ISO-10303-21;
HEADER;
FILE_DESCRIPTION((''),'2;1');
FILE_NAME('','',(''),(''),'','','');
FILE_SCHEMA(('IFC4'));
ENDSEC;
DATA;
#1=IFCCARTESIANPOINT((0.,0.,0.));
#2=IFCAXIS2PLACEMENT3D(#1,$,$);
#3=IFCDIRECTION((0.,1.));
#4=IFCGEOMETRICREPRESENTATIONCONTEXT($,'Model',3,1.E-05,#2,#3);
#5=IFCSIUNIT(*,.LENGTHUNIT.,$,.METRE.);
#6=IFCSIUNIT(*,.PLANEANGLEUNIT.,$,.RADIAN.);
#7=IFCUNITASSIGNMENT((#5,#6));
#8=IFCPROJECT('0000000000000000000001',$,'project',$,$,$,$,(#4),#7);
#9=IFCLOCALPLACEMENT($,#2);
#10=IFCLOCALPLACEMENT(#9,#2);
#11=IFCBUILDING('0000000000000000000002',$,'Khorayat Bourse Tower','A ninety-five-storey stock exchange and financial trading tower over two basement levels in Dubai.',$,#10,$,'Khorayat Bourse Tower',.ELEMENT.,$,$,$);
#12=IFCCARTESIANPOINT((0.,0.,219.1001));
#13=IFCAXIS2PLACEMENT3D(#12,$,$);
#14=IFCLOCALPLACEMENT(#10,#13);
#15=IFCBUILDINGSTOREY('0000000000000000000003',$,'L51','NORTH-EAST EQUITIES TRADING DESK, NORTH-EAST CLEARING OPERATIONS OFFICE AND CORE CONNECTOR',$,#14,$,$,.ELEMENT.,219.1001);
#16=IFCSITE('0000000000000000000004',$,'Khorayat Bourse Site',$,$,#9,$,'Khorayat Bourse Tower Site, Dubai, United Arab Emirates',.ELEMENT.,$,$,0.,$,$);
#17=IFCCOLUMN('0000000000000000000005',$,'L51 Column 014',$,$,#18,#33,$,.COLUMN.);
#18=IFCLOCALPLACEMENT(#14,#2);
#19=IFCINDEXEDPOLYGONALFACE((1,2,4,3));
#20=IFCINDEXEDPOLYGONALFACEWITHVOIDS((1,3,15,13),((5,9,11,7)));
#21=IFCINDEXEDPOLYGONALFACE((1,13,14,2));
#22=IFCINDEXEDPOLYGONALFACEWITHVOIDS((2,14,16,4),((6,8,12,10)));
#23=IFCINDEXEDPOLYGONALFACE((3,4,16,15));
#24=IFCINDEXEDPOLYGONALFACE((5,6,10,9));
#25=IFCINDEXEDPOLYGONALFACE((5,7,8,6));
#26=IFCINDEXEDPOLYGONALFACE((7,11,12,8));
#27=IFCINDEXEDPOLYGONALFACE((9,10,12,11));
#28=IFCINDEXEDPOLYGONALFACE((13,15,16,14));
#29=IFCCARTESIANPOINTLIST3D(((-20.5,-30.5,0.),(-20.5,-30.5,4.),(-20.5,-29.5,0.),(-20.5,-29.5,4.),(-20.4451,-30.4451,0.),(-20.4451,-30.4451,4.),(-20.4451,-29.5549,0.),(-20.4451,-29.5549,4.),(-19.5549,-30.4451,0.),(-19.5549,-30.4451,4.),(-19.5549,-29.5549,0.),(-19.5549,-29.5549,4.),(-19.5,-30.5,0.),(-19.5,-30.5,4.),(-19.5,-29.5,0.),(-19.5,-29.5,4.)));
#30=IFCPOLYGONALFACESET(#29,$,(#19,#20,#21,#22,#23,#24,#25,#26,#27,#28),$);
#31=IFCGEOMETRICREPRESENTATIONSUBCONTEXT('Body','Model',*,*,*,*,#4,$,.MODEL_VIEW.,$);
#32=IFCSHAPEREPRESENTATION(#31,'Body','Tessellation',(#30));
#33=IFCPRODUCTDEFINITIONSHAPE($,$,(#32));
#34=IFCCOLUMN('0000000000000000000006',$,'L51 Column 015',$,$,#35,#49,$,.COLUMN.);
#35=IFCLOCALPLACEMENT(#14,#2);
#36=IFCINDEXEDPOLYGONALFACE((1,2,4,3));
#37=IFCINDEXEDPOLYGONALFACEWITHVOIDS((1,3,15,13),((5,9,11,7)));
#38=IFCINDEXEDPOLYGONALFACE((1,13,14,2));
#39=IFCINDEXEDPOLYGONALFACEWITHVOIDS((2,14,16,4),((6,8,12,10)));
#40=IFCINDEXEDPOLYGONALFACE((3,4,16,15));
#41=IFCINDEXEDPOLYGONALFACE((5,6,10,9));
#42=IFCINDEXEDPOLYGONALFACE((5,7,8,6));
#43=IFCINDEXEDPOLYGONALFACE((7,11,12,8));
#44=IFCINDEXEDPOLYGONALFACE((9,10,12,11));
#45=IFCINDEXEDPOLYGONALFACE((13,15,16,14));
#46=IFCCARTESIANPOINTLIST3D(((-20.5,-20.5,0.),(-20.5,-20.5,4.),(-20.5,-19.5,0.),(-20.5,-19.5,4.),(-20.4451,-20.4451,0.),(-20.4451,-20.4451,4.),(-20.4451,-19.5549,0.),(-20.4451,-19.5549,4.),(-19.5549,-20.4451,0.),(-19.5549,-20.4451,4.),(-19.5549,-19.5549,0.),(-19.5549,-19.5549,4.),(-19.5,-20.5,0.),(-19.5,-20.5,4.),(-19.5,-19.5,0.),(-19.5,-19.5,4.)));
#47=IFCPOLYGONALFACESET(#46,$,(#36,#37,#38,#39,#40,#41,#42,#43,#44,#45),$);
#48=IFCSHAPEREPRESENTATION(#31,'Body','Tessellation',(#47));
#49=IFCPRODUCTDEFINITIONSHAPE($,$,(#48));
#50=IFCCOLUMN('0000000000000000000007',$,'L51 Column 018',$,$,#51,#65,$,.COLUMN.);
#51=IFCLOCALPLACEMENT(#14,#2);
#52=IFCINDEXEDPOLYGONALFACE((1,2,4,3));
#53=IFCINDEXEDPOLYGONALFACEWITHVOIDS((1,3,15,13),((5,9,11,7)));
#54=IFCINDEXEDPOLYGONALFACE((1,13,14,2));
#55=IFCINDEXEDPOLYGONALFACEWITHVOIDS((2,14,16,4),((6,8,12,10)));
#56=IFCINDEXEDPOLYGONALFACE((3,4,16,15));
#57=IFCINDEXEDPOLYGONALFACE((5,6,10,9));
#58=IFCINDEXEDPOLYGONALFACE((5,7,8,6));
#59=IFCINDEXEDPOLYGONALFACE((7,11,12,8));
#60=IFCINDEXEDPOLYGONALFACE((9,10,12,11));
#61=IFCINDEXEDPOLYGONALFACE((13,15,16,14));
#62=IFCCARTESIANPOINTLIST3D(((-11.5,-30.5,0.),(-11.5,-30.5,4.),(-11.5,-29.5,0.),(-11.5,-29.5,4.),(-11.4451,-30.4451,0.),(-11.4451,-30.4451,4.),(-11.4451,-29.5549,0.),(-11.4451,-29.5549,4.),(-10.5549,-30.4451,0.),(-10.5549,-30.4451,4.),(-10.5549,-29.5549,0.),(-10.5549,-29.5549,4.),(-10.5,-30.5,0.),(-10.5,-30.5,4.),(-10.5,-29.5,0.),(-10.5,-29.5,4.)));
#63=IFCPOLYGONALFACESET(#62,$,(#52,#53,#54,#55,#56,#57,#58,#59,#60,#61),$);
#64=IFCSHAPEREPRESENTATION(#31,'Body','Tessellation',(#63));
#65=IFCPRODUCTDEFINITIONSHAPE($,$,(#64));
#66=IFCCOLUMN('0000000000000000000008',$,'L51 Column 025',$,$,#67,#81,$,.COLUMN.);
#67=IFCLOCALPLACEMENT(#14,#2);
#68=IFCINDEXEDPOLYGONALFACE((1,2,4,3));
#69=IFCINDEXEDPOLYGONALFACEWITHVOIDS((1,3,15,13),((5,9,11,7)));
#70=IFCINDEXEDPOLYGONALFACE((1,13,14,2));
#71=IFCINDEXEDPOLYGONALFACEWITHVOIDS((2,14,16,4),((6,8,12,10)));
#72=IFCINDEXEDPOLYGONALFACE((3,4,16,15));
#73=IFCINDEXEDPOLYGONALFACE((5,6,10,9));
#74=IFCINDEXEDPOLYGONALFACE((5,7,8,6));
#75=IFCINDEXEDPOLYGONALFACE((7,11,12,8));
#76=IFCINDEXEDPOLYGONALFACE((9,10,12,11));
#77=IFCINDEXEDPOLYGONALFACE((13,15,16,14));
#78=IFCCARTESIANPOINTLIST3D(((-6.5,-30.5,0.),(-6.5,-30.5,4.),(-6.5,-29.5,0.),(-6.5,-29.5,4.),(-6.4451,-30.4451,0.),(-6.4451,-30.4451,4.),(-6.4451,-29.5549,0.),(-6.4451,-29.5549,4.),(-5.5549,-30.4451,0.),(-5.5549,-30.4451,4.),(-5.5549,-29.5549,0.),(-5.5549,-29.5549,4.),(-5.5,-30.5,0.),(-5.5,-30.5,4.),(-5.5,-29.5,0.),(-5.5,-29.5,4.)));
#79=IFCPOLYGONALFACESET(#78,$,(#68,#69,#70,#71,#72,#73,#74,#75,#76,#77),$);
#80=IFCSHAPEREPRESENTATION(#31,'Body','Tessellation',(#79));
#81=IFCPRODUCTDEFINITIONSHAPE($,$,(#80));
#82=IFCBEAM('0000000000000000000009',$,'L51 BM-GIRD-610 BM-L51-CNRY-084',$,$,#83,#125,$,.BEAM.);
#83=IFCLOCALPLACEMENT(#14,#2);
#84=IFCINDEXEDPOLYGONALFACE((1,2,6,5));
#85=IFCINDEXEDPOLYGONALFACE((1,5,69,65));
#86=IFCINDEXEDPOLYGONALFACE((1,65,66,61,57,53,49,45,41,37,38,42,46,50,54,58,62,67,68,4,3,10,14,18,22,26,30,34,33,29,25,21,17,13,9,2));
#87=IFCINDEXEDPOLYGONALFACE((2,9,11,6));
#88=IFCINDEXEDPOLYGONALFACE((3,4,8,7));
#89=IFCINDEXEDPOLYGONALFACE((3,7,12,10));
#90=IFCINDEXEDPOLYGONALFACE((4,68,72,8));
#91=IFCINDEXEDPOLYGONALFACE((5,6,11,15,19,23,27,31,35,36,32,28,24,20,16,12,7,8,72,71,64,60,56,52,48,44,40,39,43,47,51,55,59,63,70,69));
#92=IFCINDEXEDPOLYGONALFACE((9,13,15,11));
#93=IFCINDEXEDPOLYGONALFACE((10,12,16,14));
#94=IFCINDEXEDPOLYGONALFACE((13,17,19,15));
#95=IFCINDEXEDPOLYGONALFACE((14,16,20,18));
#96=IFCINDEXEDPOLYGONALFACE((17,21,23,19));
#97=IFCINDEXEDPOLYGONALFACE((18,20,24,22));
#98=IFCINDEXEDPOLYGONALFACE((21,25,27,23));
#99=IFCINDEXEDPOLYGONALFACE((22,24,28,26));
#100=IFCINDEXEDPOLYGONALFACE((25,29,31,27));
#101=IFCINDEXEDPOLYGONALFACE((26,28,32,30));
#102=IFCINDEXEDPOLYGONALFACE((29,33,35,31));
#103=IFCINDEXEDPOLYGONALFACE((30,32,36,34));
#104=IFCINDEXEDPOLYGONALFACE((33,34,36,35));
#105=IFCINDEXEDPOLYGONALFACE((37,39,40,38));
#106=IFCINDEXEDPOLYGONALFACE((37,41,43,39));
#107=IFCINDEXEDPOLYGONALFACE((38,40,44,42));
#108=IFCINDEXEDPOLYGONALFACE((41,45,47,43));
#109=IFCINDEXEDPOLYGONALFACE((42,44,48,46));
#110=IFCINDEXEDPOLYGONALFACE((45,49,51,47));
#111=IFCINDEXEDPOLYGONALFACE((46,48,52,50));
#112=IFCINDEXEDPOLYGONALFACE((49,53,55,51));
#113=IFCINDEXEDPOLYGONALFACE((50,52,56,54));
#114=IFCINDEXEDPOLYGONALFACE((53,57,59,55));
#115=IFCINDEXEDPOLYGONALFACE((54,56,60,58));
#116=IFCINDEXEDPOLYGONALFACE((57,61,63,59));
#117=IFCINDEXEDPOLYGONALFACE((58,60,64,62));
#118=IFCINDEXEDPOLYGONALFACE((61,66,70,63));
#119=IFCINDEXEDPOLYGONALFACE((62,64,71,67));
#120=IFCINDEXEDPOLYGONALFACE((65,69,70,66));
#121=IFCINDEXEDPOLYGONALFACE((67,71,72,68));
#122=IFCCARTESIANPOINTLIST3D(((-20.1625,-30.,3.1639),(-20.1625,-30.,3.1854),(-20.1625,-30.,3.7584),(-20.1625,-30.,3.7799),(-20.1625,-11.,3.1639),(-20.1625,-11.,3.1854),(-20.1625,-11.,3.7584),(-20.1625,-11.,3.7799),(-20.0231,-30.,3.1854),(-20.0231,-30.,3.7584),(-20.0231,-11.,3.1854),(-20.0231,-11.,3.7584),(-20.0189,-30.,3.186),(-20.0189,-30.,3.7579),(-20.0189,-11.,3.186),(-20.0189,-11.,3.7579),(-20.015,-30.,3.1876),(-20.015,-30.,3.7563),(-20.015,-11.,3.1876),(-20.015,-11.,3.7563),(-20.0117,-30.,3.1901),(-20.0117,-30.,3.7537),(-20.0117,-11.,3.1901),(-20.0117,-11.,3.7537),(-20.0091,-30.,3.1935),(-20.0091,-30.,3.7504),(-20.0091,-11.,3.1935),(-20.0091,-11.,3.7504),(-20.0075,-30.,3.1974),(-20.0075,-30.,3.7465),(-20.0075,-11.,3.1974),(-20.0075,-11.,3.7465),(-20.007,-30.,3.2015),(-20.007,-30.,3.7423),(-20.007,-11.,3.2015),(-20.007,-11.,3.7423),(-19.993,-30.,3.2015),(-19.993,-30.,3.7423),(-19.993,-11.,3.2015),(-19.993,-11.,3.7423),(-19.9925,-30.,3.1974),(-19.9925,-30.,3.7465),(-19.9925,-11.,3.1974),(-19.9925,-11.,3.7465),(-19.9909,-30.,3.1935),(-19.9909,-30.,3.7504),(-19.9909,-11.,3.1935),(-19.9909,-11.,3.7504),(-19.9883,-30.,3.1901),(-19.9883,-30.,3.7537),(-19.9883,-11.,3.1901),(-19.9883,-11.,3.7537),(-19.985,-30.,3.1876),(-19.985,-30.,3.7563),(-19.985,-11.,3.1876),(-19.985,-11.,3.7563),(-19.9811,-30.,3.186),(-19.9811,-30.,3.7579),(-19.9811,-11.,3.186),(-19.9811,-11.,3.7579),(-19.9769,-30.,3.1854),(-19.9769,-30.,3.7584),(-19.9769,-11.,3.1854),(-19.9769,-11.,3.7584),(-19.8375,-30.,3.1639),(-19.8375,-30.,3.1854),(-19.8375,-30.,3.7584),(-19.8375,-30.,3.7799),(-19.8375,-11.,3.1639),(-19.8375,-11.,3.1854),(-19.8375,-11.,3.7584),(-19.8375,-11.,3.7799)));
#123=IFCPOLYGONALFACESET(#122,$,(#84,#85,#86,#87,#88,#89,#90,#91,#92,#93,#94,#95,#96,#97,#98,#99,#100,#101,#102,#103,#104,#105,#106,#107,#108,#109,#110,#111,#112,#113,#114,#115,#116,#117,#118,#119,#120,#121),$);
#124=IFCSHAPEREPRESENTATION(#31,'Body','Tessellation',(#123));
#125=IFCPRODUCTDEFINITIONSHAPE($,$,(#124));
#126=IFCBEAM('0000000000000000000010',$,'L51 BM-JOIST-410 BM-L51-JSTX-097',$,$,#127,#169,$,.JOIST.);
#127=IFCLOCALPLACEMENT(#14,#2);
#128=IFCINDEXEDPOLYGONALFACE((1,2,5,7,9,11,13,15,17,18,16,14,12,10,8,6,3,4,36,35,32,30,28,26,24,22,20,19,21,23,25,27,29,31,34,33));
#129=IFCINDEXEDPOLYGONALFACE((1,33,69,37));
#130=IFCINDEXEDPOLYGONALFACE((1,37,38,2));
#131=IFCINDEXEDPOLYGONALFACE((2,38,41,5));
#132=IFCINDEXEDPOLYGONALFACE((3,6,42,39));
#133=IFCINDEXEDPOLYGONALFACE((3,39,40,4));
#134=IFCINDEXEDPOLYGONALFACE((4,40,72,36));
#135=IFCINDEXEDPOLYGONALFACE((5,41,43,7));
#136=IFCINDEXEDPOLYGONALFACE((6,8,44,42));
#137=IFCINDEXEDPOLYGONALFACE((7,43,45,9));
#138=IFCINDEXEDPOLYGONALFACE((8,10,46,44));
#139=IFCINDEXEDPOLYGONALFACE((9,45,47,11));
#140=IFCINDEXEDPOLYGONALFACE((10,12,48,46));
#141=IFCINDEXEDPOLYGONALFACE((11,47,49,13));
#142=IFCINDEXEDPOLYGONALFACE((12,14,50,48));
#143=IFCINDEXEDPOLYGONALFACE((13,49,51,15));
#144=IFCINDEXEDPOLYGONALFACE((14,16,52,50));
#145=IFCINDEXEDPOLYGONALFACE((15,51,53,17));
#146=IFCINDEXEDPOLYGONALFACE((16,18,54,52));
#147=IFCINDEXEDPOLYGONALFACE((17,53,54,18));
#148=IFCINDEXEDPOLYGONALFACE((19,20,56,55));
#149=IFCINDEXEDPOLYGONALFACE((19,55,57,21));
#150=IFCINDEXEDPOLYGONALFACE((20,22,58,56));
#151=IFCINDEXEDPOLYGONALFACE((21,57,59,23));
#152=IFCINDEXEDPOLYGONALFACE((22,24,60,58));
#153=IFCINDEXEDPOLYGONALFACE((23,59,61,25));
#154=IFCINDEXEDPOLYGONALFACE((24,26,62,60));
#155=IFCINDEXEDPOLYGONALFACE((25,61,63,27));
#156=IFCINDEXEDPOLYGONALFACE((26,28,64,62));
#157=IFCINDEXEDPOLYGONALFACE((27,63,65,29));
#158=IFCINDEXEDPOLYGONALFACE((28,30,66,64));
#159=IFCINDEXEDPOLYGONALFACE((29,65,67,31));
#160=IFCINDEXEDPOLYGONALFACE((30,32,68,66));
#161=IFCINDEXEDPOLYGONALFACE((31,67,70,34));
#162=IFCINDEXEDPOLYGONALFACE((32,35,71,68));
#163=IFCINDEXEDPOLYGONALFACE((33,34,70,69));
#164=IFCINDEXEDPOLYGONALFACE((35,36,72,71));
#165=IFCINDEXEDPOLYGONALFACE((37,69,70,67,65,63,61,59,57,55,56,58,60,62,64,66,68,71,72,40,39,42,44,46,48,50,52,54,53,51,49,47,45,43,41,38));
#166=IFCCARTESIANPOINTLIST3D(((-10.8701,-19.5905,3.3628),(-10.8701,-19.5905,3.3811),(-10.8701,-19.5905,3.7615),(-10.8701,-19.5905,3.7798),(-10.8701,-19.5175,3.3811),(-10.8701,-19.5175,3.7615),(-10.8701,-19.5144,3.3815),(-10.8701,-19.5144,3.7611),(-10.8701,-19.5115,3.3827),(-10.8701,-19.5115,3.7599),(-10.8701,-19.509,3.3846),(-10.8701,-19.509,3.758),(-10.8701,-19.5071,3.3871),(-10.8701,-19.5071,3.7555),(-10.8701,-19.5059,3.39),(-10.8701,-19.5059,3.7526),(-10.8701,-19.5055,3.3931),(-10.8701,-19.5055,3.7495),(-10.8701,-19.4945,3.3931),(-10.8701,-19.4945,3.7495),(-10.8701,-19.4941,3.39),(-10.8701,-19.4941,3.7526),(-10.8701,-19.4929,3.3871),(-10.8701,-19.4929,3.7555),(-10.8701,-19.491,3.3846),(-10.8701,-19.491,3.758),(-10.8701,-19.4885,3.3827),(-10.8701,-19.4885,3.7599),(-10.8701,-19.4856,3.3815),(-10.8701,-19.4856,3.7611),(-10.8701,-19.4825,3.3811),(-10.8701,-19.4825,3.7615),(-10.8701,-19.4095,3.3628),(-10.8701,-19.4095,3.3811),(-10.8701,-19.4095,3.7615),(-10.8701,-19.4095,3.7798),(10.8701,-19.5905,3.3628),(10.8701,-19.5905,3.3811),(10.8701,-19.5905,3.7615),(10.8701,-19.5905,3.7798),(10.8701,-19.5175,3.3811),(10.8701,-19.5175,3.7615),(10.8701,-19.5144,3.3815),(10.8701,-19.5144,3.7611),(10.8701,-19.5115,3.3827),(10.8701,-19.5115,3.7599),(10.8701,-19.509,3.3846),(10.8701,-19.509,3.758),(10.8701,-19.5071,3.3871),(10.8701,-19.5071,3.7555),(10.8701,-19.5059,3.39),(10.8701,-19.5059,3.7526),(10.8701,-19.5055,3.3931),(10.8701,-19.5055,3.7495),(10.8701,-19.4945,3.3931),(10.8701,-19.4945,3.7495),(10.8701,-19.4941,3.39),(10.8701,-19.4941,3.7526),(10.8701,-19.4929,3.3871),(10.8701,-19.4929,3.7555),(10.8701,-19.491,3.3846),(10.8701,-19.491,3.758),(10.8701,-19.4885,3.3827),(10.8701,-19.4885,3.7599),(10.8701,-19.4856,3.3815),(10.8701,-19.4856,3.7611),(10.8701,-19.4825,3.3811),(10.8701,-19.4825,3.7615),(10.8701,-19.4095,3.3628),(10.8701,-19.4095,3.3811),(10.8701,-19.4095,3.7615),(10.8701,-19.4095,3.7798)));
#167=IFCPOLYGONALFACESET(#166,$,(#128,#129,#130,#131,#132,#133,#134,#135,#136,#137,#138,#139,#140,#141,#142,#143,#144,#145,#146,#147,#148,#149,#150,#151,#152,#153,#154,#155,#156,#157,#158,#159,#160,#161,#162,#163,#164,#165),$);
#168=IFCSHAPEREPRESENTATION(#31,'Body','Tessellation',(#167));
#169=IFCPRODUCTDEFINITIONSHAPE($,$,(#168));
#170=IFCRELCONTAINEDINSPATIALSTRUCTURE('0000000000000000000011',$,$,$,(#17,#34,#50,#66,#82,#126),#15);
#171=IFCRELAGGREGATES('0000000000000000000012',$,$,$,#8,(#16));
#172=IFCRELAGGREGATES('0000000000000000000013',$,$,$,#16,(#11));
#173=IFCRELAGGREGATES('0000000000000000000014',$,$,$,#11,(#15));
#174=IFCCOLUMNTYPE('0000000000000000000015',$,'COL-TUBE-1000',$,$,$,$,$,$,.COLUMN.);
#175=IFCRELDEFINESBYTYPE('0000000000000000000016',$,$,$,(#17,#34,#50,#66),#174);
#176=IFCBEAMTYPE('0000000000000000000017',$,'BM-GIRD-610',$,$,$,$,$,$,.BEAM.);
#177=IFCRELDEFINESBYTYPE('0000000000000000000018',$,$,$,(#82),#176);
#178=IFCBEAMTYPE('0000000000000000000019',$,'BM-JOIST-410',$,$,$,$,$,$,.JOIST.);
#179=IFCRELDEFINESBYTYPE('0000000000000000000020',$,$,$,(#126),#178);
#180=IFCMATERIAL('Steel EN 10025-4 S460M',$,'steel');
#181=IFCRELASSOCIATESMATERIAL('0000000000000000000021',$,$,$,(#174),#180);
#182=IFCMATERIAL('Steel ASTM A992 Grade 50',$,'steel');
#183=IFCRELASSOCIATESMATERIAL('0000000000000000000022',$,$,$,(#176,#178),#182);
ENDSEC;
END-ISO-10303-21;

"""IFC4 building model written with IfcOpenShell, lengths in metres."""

from ifc_helpers import new_model, si_unit, direction, frame, origin, origin_2d, place, context, subcontext, project, spatial, hollow_rectangle, i_section, extrude, source, transform, mapped, material, material_profile, profile_set, type_object, element, save


model = new_model("IFC4")

# Units and contexts
model_context = context("Model", 3, precision=1e-05, world=origin(), true_north=direction((0.0, 1.0)))
body_context = subcontext(model_context, "Body", "Model", "MODEL_VIEW")
ifc_project = project(units=[si_unit("LENGTHUNIT", "METRE"), si_unit("PLANEANGLEUNIT", "RADIAN")], contexts=[model_context])

# Site, building, storey
site_placement = place(None, origin())
site = spatial("IfcSite", under=ifc_project, at=site_placement, Name="Khorayat Bourse Site", LongName="Khorayat Bourse Tower Site, Dubai, United Arab Emirates", CompositionType="ELEMENT", RefElevation=0.0)
building_placement = place(site_placement, origin())
building = spatial("IfcBuilding", under=site, at=building_placement, Name="Khorayat Bourse Tower", Description="A ninety-five-storey stock exchange and financial trading tower over two basement levels in Dubai.", LongName="Khorayat Bourse Tower", CompositionType="ELEMENT")
storey_placement = place(building_placement, frame((0.0, 0.0, 219.1001)))
storey = spatial("IfcBuildingStorey", under=building, at=storey_placement, Name="L51", Description="NORTH-EAST EQUITIES TRADING DESK, NORTH-EAST CLEARING OPERATIONS OFFICE AND CORE CONNECTOR", CompositionType="ELEMENT", Elevation=219.1001)

# Columns
ifc_material_1 = material(Name="Steel EN 10025-4 S460M", Category="steel")
ifc_material_profile_1 = material_profile(ifc_material_1, hollow_rectangle(XDim=1.0, YDim=1.0, WallThickness=0.0549, at=origin_2d()), Name="BOX 1000x1000x55")
ifc_profile_set_1 = profile_set([ifc_material_profile_1], Name="Steel EN 10025-4 S460M")
column_type = type_object("IfcColumnType", Name="COL-TUBE-1000", PredefinedType="COLUMN", material=ifc_profile_set_1)
shared_shape_1 = source(origin(), body_context, "Body", "SweptSolid", [
    extrude(hollow_rectangle(XDim=1.0, YDim=1.0, WallThickness=0.0549, at=origin_2d()), origin(), (0.0, 0.0, 1.0), 4.0),
])
for number, where, z_axis, x_axis, name in (
    (1, (-20.0, -30.0, 0.0), (0.0, 0.0, 1.0), (1.0, 0.0, 0.0), "L51 Column 014"),
    (2, (-20.0, -20.0, 0.0), (0.0, 0.0, 1.0), (1.0, 0.0, 0.0), "L51 Column 015"),
    (3, (-11.0, -30.0, 0.0), (0.0, 0.0, 1.0), (1.0, 0.0, 0.0), "L51 Column 018"),
    (4, (-6.0, -30.0, 0.0), (0.0, 0.0, 1.0), (1.0, 0.0, 0.0), "L51 Column 025"),
):
    element("IfcColumn", number, at=place(storey_placement, frame(where, z_axis=z_axis, x_axis=x_axis)), inside=storey, type_object=column_type, Name=name, PredefinedType="COLUMN", context=body_context, shape_type="MappedRepresentation", body=[
        mapped(shared_shape_1, transform((0.0, 0.0, 0.0), scale=1.0)),
    ])

# Beams
ifc_material_2 = material(Name="Steel ASTM A992 Grade 50", Category="steel")
ifc_material_profile_2 = material_profile(ifc_material_2, i_section(OverallWidth=0.325, OverallDepth=0.616, WebThickness=0.0139, FlangeThickness=0.0215, FilletRadius=0.0161, at=origin_2d()), Name="W610X174")
ifc_profile_set_2 = profile_set([ifc_material_profile_2], Name="Steel ASTM A992 Grade 50")
beam_type_1 = type_object("IfcBeamType", Name="BM-GIRD-610", PredefinedType="BEAM", material=ifc_profile_set_2)
shared_shape_2 = source(origin(), body_context, "Body", "SweptSolid", [
    extrude(i_section(OverallWidth=0.325, OverallDepth=0.616, WebThickness=0.0139, FlangeThickness=0.0215, FilletRadius=0.0161, at=origin_2d()), origin(), (0.0, 0.0, 1.0), 19.0),
])
beam_1_placement = place(storey_placement, frame((-20.0, -30.0, 3.4719), z_axis=(0.0, 1.0, 0.0), x_axis=(-1.0, 0.0, 0.0)))
element("IfcBeam", 5, at=beam_1_placement, inside=storey, type_object=beam_type_1, Name="L51 BM-GIRD-610 BM-L51-CNRY-084", PredefinedType="BEAM", context=body_context, shape_type="MappedRepresentation", body=[
    mapped(shared_shape_2, transform((0.0, 0.0, 0.0), scale=1.0)),
])
ifc_material_profile_3 = material_profile(ifc_material_2, i_section(OverallWidth=0.1809, OverallDepth=0.417, WebThickness=0.011, FlangeThickness=0.0183, FilletRadius=0.012, at=origin_2d()), Name="W410X85")
ifc_profile_set_3 = profile_set([ifc_material_profile_3], Name="Steel ASTM A992 Grade 50")
beam_type_2 = type_object("IfcBeamType", Name="BM-JOIST-410", PredefinedType="JOIST", material=ifc_profile_set_3)
shared_shape_3 = source(origin(), body_context, "Body", "SweptSolid", [
    extrude(i_section(OverallWidth=0.1809, OverallDepth=0.417, WebThickness=0.011, FlangeThickness=0.0183, FilletRadius=0.012, at=origin_2d()), origin(), (0.0, 0.0, 1.0), 21.7402),
])
beam_2_placement = place(storey_placement, frame((-10.8701, -19.5, 3.5713), z_axis=(1.0, 0.0, 0.0), x_axis=(0.0, 1.0, 0.0)))
element("IfcBeam", 6, at=beam_2_placement, inside=storey, type_object=beam_type_2, Name="L51 BM-JOIST-410 BM-L51-JSTX-097", PredefinedType="JOIST", context=body_context, shape_type="MappedRepresentation", body=[
    mapped(shared_shape_3, transform((0.0, 0.0, 0.0), scale=1.0)),
])

save(model, "model.ifc")
